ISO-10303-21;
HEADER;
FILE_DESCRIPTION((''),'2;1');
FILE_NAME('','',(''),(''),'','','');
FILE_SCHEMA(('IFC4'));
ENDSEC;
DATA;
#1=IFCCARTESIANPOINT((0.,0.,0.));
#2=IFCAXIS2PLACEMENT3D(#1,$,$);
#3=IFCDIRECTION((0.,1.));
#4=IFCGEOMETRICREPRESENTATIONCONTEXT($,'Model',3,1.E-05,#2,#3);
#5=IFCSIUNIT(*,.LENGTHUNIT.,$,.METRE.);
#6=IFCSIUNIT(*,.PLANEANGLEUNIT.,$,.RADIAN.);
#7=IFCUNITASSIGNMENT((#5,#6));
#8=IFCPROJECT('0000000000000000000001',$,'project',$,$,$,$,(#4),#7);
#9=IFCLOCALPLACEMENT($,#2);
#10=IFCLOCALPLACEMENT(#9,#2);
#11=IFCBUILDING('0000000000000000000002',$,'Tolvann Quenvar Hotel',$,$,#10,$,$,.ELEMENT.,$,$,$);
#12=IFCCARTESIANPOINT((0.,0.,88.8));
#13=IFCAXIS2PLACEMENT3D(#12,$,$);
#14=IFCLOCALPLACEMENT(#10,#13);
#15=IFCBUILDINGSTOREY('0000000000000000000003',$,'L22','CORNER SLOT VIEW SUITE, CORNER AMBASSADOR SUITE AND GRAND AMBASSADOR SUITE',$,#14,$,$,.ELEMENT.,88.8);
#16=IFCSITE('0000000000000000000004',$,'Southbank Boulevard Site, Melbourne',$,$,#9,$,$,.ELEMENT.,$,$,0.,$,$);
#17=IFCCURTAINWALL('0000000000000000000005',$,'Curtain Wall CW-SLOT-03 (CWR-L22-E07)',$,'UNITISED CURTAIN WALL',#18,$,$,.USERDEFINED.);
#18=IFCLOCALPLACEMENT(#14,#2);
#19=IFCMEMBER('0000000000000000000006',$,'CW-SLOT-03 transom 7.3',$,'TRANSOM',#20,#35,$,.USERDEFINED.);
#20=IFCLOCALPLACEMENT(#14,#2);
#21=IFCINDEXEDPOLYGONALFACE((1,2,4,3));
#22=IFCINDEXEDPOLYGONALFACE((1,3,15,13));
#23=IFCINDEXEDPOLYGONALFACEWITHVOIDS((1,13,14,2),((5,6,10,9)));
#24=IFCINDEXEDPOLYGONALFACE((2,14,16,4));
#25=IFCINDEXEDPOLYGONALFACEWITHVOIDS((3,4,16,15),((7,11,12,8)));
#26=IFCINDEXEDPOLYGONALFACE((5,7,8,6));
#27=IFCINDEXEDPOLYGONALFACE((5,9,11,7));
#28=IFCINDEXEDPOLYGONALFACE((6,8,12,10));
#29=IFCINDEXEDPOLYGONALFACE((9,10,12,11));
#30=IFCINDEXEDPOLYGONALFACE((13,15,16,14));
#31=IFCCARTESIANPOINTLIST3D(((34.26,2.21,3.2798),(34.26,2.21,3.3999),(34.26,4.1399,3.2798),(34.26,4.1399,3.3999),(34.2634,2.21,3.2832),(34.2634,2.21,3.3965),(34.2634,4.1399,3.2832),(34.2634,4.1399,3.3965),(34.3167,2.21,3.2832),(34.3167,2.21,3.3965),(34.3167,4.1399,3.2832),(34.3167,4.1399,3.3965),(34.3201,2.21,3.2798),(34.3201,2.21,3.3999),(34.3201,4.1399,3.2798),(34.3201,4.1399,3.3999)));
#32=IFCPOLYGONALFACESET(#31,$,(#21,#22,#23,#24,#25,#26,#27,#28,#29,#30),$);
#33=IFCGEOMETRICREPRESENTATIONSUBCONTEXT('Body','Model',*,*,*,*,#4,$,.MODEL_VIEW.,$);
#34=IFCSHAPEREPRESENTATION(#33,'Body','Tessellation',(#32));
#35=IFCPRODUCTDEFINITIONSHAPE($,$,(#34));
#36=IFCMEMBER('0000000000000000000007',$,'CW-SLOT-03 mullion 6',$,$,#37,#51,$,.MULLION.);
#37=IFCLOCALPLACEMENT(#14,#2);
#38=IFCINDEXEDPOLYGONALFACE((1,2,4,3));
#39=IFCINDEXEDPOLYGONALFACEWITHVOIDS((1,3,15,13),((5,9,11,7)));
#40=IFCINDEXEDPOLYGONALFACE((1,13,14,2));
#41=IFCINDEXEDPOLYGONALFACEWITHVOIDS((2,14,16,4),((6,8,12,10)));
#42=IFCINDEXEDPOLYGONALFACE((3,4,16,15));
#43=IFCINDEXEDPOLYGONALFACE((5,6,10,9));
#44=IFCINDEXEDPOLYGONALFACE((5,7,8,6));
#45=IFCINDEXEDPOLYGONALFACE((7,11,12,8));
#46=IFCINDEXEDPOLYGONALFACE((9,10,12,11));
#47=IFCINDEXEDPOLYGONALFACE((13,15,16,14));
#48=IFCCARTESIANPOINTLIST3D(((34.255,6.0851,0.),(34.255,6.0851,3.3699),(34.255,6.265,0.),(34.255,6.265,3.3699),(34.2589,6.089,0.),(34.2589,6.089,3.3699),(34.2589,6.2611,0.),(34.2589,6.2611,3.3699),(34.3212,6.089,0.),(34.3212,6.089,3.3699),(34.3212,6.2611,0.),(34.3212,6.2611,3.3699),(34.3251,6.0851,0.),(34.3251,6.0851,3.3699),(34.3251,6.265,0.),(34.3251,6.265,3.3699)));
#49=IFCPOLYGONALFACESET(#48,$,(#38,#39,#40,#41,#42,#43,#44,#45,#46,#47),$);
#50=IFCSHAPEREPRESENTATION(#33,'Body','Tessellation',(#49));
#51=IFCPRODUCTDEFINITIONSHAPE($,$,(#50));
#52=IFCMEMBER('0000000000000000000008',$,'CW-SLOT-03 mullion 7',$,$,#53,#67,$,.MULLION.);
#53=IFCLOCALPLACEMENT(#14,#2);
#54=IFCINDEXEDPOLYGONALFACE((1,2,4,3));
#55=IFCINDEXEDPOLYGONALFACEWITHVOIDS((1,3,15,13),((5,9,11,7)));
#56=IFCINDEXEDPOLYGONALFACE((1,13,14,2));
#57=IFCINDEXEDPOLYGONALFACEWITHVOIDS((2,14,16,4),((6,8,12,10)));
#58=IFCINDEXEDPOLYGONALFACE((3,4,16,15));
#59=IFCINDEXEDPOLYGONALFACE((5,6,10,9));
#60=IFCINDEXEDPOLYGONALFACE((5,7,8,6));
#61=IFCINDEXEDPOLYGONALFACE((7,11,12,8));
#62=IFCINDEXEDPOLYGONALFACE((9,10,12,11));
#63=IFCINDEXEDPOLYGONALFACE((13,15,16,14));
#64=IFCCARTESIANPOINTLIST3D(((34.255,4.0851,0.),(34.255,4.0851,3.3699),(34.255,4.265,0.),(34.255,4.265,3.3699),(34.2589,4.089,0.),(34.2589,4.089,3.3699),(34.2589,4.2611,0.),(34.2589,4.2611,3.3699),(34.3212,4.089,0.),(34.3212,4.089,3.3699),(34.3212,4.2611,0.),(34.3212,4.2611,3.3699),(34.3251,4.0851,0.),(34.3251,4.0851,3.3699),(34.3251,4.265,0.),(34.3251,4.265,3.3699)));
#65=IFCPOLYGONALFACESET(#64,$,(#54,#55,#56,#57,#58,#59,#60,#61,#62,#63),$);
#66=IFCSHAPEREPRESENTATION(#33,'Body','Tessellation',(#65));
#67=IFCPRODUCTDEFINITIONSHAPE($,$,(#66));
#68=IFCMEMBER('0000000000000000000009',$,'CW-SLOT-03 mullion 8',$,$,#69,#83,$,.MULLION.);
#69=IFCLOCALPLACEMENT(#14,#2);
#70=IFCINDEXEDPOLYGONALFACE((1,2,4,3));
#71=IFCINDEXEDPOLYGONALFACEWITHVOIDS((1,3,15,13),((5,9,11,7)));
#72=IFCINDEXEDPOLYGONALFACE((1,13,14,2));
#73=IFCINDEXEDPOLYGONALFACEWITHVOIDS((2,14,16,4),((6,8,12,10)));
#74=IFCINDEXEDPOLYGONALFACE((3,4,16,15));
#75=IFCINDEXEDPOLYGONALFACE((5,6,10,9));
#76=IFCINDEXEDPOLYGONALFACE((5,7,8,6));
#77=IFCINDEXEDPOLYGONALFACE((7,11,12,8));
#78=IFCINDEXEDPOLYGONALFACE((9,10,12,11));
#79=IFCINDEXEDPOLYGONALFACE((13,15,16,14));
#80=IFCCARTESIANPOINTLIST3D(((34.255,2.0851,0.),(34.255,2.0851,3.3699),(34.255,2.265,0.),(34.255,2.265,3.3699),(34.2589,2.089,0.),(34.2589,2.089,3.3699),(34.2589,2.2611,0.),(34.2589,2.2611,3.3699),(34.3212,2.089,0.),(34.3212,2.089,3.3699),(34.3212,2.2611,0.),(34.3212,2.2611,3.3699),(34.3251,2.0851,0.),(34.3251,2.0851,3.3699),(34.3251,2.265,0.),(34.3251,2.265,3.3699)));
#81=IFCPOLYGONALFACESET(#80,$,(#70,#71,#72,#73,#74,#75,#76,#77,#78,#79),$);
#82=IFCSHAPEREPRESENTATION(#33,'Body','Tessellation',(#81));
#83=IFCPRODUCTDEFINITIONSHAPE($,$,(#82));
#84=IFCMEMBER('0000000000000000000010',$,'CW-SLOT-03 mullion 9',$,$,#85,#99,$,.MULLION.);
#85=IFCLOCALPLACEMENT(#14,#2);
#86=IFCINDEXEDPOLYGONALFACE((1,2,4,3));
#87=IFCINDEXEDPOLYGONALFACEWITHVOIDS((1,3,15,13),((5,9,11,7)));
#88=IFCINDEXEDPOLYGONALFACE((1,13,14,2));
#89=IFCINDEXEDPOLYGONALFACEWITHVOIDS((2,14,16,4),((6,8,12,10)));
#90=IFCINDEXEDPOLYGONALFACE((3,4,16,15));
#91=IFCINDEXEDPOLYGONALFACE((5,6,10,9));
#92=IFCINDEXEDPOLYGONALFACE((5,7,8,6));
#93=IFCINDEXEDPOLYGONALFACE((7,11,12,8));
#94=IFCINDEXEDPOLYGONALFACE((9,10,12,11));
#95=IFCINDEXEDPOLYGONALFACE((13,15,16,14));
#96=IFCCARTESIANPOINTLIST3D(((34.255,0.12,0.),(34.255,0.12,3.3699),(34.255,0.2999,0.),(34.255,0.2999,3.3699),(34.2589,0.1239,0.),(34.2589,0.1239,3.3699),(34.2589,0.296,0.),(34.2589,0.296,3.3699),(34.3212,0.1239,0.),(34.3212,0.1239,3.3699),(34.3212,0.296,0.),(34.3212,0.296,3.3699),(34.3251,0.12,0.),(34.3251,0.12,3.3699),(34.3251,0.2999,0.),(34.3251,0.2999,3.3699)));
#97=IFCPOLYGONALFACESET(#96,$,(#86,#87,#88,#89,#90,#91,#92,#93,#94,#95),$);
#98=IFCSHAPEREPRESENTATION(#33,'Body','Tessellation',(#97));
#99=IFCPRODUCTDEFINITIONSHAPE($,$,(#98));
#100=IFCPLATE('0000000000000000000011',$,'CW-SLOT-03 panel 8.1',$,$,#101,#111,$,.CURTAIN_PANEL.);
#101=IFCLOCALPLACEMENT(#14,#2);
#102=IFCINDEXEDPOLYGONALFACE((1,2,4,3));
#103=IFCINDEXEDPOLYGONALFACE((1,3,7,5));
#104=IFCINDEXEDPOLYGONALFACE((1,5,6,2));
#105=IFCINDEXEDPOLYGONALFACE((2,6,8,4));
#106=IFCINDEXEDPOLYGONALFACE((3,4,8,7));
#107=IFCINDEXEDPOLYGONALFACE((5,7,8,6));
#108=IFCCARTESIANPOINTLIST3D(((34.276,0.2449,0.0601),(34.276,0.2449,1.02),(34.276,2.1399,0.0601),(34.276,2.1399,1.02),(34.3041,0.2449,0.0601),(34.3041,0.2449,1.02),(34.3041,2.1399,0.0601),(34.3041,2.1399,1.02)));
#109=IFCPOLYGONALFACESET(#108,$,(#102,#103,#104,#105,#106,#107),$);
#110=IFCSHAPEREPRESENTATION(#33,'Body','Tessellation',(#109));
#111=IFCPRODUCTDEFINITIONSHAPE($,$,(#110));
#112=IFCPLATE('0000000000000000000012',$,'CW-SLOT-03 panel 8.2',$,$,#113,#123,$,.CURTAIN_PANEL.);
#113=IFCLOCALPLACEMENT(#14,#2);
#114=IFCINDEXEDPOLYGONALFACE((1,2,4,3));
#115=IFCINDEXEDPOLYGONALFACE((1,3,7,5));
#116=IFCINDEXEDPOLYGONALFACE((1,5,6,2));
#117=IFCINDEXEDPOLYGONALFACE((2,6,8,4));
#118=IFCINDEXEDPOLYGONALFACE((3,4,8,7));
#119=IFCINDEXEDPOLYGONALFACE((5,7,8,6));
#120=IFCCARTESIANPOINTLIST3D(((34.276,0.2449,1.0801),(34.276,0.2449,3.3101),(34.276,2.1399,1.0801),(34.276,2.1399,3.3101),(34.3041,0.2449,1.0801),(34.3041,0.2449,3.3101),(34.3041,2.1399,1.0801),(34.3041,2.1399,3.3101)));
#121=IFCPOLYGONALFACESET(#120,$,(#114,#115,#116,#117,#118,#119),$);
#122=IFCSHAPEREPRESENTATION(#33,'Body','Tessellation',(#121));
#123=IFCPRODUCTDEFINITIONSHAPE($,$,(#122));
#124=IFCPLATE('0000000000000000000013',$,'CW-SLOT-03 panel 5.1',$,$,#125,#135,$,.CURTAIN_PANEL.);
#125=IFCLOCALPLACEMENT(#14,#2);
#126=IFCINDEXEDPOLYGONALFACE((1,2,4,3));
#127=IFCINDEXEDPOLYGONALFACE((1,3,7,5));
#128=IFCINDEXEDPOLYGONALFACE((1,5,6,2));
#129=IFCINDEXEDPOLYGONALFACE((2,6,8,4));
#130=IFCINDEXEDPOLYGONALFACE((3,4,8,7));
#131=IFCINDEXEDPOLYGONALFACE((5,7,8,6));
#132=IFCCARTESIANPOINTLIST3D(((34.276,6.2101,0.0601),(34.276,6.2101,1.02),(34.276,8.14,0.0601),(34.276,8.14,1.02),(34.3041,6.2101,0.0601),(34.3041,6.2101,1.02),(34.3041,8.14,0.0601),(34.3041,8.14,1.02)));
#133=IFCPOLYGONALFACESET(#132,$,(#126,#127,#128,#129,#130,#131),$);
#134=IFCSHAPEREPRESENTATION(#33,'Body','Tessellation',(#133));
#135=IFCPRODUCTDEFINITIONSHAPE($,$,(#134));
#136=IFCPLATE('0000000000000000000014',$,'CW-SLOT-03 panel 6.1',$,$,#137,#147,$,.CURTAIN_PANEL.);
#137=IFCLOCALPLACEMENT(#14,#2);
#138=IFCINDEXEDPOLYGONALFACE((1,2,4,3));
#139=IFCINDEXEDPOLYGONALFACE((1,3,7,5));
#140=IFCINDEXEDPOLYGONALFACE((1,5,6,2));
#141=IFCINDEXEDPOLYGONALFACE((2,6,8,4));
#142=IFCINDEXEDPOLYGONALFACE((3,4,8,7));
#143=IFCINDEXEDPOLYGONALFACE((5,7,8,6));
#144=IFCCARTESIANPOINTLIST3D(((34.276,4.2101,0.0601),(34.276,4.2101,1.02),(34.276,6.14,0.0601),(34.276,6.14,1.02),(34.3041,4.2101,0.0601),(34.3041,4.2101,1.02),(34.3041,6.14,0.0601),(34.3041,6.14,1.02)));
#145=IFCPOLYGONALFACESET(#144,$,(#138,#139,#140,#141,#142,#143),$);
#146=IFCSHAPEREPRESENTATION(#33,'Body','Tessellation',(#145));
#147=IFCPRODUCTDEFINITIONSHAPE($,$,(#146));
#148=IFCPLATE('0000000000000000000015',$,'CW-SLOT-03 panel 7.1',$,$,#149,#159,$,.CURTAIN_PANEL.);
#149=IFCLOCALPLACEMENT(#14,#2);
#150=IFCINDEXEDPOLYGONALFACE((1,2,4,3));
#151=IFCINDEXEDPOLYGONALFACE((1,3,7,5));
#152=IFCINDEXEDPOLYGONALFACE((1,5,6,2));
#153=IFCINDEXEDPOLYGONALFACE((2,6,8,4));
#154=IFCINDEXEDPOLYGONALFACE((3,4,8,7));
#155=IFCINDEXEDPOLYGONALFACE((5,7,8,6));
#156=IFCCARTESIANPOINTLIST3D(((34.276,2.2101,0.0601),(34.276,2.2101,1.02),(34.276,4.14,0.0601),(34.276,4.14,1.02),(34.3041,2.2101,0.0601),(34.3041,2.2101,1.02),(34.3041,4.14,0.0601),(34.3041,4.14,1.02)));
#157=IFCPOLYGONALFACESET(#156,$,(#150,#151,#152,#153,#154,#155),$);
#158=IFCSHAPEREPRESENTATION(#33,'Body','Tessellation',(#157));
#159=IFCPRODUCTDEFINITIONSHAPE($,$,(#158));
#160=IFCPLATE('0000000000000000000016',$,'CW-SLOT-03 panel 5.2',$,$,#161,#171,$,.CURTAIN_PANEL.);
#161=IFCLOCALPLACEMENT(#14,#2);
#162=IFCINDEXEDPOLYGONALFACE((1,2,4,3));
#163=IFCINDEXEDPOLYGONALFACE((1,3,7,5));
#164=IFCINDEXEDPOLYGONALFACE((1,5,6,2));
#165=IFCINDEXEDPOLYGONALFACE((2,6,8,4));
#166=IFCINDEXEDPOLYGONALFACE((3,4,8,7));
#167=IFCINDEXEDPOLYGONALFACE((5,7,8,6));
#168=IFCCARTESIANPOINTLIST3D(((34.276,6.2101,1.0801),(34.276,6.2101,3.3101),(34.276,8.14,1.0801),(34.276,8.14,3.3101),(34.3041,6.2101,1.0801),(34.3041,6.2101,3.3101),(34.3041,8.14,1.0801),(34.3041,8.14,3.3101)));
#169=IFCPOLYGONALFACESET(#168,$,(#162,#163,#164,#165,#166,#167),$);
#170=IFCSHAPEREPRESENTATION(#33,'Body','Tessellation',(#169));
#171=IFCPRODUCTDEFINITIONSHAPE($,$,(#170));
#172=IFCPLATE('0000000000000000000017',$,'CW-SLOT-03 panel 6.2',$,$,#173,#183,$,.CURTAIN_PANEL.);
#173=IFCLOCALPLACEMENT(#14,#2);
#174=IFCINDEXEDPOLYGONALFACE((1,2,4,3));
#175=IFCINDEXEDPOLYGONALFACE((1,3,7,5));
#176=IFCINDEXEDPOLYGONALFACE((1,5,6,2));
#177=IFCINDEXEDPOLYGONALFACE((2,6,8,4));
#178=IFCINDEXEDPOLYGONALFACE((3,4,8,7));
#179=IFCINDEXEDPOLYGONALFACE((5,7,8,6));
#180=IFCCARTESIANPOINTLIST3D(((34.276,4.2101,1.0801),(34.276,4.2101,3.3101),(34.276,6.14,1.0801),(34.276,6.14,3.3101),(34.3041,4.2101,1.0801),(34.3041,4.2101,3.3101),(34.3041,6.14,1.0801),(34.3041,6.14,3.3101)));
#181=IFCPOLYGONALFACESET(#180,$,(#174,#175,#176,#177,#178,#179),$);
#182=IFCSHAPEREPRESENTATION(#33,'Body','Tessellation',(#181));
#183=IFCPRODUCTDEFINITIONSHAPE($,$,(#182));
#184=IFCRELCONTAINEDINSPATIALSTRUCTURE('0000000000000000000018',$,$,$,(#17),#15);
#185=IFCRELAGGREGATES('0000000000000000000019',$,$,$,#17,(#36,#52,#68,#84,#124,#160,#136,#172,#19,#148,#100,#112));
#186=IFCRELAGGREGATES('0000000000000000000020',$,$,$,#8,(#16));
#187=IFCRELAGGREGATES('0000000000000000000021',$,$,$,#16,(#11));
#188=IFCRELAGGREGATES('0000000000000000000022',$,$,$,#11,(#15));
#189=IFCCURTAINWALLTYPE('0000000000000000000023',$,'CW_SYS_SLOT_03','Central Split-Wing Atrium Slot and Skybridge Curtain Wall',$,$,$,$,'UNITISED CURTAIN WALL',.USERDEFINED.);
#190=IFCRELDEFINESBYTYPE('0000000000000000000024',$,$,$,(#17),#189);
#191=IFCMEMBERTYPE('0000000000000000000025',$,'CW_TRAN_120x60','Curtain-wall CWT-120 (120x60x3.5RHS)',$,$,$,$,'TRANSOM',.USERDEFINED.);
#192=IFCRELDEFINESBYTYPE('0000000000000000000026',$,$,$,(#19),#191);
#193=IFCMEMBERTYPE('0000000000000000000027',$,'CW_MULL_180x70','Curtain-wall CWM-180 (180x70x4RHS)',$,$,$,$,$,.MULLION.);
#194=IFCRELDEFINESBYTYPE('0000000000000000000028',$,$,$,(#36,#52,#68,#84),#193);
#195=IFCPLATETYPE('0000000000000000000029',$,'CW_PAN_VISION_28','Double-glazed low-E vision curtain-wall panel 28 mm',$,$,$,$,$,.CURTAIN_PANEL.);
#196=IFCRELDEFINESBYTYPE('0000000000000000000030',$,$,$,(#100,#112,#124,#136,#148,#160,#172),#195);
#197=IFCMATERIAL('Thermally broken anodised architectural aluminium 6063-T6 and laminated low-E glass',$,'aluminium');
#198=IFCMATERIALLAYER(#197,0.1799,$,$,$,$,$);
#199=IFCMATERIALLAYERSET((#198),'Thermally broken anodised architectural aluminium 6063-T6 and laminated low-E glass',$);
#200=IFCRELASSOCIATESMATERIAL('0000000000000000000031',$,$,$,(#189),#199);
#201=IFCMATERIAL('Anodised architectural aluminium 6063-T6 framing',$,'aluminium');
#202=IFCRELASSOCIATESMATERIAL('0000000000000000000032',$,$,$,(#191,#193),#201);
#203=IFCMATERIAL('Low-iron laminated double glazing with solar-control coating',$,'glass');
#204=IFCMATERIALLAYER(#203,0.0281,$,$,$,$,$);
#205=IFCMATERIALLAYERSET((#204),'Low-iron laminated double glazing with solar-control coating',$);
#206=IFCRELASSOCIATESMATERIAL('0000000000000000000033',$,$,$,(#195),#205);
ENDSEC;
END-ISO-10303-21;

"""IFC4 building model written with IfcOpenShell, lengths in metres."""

from ifc_helpers import new_model, si_unit, direction, frame, origin, origin_2d, place, context, subcontext, project, spatial, rectangle, hollow_rectangle, extrude, source, transform, mapped, material, layer, layer_set, material_profile, profile_set, type_object, type_shapes, element, aggregate, save


model = new_model("IFC4")

# Units and contexts
model_context = context("Model", 3, precision=1e-05, world=origin(), true_north=direction((0.0, 1.0)))
body_context = subcontext(model_context, "Body", "Model", "MODEL_VIEW")
ifc_project = project(units=[si_unit("LENGTHUNIT", "METRE"), si_unit("PLANEANGLEUNIT", "RADIAN")], contexts=[model_context])

# Site, building, storey
site_placement = place(None, origin())
site = spatial("IfcSite", under=ifc_project, at=site_placement, Name="Southbank Boulevard Site, Melbourne", CompositionType="ELEMENT", RefElevation=0.0)
building_placement = place(site_placement, origin())
building = spatial("IfcBuilding", under=site, at=building_placement, Name="Tolvann Quenvar Hotel", CompositionType="ELEMENT")
storey_placement = place(building_placement, frame((0.0, 0.0, 88.8)))
storey = spatial("IfcBuildingStorey", under=building, at=storey_placement, Name="L22", Description="CORNER SLOT VIEW SUITE, CORNER AMBASSADOR SUITE AND GRAND AMBASSADOR SUITE", CompositionType="ELEMENT", Elevation=88.8)

# Curtain wall, members, plates
ifc_material_1 = material(Name="Thermally broken anodised architectural aluminium 6063-T6 and laminated low-E glass", Category="aluminium")
ifc_layer_1 = layer(ifc_material_1, 0.1799)
ifc_layer_set_1 = layer_set([ifc_layer_1], Name="Thermally broken anodised architectural aluminium 6063-T6 and laminated low-E glass")
curtain_wall_type = type_object("IfcCurtainWallType", Name="CW_SYS_SLOT_03", Description="Central Split-Wing Atrium Slot and Skybridge Curtain Wall", ElementType="UNITISED CURTAIN WALL", PredefinedType="USERDEFINED", material=ifc_layer_set_1)
curtain_wall_placement = place(storey_placement, origin())
curtain_wall = element("IfcCurtainWall", 1, at=curtain_wall_placement, inside=storey, type_object=curtain_wall_type, Name="Curtain Wall CW-SLOT-03 (CWR-L22-E07)", ObjectType="UNITISED CURTAIN WALL", PredefinedType="USERDEFINED")
ifc_material_2 = material(Name="Anodised architectural aluminium 6063-T6 framing", Category="aluminium")
ifc_material_profile_1 = material_profile(ifc_material_2, hollow_rectangle(XDim=0.0601, YDim=0.1201, WallThickness=0.0034, at=origin_2d()), Name="120x60x3.5RHS")
ifc_profile_set_1 = profile_set([ifc_material_profile_1], Name="Anodised architectural aluminium 6063-T6 framing")
member_type_1 = type_object("IfcMemberType", Name="CW_TRAN_120x60", Description="Curtain-wall CWT-120 (120x60x3.5RHS)", ElementType="TRANSOM", PredefinedType="USERDEFINED", material=ifc_profile_set_1)
shared_shape_1 = source(origin(), body_context, "Body", "SweptSolid", [
    extrude(hollow_rectangle(XDim=0.0601, YDim=0.1201, WallThickness=0.0034, at=origin_2d()), origin(), (0.0, 0.0, 1.0), 1.9299),
])
member_1_placement = place(storey_placement, frame((34.29, 4.1399, 3.3398), z_axis=(0.0, -1.0, 0.0), x_axis=(1.0, 0.0, 0.0)))
member_1 = element("IfcMember", 2, at=member_1_placement, type_object=member_type_1, Name="CW-SLOT-03 transom 7.3", ObjectType="TRANSOM", PredefinedType="USERDEFINED", context=body_context, shape_type="MappedRepresentation", body=[
    mapped(shared_shape_1, transform((0.0, 0.0, 0.0), x_axis=(1.0, 0.0, 0.0), y_axis=(0.0, 1.0, 0.0), z_axis=(0.0, 0.0, 1.0), scale=1.0)),
])
ifc_material_profile_2 = material_profile(ifc_material_2, hollow_rectangle(XDim=0.0701, YDim=0.1799, WallThickness=0.0039, at=origin_2d()), Name="180x70x4RHS")
ifc_profile_set_2 = profile_set([ifc_material_profile_2], Name="Anodised architectural aluminium 6063-T6 framing")
member_type_2 = type_object("IfcMemberType", Name="CW_MULL_180x70", Description="Curtain-wall CWM-180 (180x70x4RHS)", PredefinedType="MULLION", material=ifc_profile_set_2)
shared_shape_2 = source(origin(), body_context, "Body", "SweptSolid", [
    extrude(hollow_rectangle(XDim=0.0701, YDim=0.1799, WallThickness=0.0039, at=origin_2d()), origin(), (0.0, 0.0, 1.0), 3.3699),
])
type_shapes(member_type_2, [shared_shape_2])
member_2_placement = place(storey_placement, frame((34.29, 6.175, 0.0), z_axis=(0.0, 0.0, 1.0), x_axis=(1.0, 0.0, 0.0)))
member_2 = element("IfcMember", 3, at=member_2_placement, type_object=member_type_2, Name="CW-SLOT-03 mullion 6", PredefinedType="MULLION", context=body_context, shape_type="MappedRepresentation", body=[
    mapped(shared_shape_2, transform((0.0, 0.0, 0.0), x_axis=(1.0, 0.0, 0.0), y_axis=(0.0, 1.0, 0.0), z_axis=(0.0, 0.0, 1.0), scale=1.0)),
])
member_3_placement = place(storey_placement, frame((34.29, 4.175, 0.0), z_axis=(0.0, 0.0, 1.0), x_axis=(1.0, 0.0, 0.0)))
member_3 = element("IfcMember", 4, at=member_3_placement, type_object=member_type_2, Name="CW-SLOT-03 mullion 7", PredefinedType="MULLION", context=body_context, shape_type="MappedRepresentation", body=[
    mapped(shared_shape_2, transform((0.0, 0.0, 0.0), x_axis=(1.0, 0.0, 0.0), y_axis=(0.0, 1.0, 0.0), z_axis=(0.0, 0.0, 1.0), scale=1.0)),
])
member_4_placement = place(storey_placement, frame((34.29, 2.175, 0.0), z_axis=(0.0, 0.0, 1.0), x_axis=(1.0, 0.0, 0.0)))
member_4 = element("IfcMember", 5, at=member_4_placement, type_object=member_type_2, Name="CW-SLOT-03 mullion 8", PredefinedType="MULLION", context=body_context, shape_type="MappedRepresentation", body=[
    mapped(shared_shape_2, transform((0.0, 0.0, 0.0), x_axis=(1.0, 0.0, 0.0), y_axis=(0.0, 1.0, 0.0), z_axis=(0.0, 0.0, 1.0), scale=1.0)),
])
member_5_placement = place(storey_placement, frame((34.29, 0.21, 0.0), z_axis=(0.0, 0.0, 1.0), x_axis=(1.0, 0.0, 0.0)))
member_5 = element("IfcMember", 6, at=member_5_placement, type_object=member_type_2, Name="CW-SLOT-03 mullion 9", PredefinedType="MULLION", context=body_context, shape_type="MappedRepresentation", body=[
    mapped(shared_shape_2, transform((0.0, 0.0, 0.0), x_axis=(1.0, 0.0, 0.0), y_axis=(0.0, 1.0, 0.0), z_axis=(0.0, 0.0, 1.0), scale=1.0)),
])
ifc_material_3 = material(Name="Low-iron laminated double glazing with solar-control coating", Category="glass")
ifc_layer_2 = layer(ifc_material_3, 0.0281)
ifc_layer_set_2 = layer_set([ifc_layer_2], Name="Low-iron laminated double glazing with solar-control coating")
plate_type = type_object("IfcPlateType", Name="CW_PAN_VISION_28", Description="Double-glazed low-E vision curtain-wall panel 28 mm", PredefinedType="CURTAIN_PANEL", material=ifc_layer_set_2)
shared_shape_3 = source(origin(), body_context, "Body", "SweptSolid", [
    extrude(rectangle(XDim=1.895, YDim=0.0281, at=origin_2d()), origin(), (0.0, 0.0, 1.0), 0.96),
])
plate_1_placement = place(storey_placement, frame((34.29, 1.1924, 0.0601), z_axis=(0.0, 0.0, 1.0), x_axis=(0.0, -1.0, 0.0)))
plate_1 = element("IfcPlate", 7, at=plate_1_placement, type_object=plate_type, Name="CW-SLOT-03 panel 8.1", PredefinedType="CURTAIN_PANEL", context=body_context, shape_type="MappedRepresentation", body=[
    mapped(shared_shape_3, transform((0.0, 0.0, 0.0), x_axis=(1.0, 0.0, 0.0), y_axis=(0.0, 1.0, 0.0), z_axis=(0.0, 0.0, 1.0), scale=1.0)),
])
shared_shape_4 = source(origin(), body_context, "Body", "SweptSolid", [
    extrude(rectangle(XDim=1.895, YDim=0.0281, at=origin_2d()), origin(), (0.0, 0.0, 1.0), 2.23),
])
plate_2_placement = place(storey_placement, frame((34.29, 1.1924, 1.0801), z_axis=(0.0, 0.0, 1.0), x_axis=(0.0, -1.0, 0.0)))
plate_2 = element("IfcPlate", 8, at=plate_2_placement, type_object=plate_type, Name="CW-SLOT-03 panel 8.2", PredefinedType="CURTAIN_PANEL", context=body_context, shape_type="MappedRepresentation", body=[
    mapped(shared_shape_4, transform((0.0, 0.0, 0.0), x_axis=(1.0, 0.0, 0.0), y_axis=(0.0, 1.0, 0.0), z_axis=(0.0, 0.0, 1.0), scale=1.0)),
])
shared_shape_5 = source(origin(), body_context, "Body", "SweptSolid", [
    extrude(rectangle(XDim=1.9299, YDim=0.0281, at=origin_2d()), origin(), (0.0, 0.0, 1.0), 0.96),
])
plate_3_placement = place(storey_placement, frame((34.29, 7.175, 0.0601), z_axis=(0.0, 0.0, 1.0), x_axis=(0.0, -1.0, 0.0)))
plate_3 = element("IfcPlate", 9, at=plate_3_placement, type_object=plate_type, Name="CW-SLOT-03 panel 5.1", PredefinedType="CURTAIN_PANEL", context=body_context, shape_type="MappedRepresentation", body=[
    mapped(shared_shape_5, transform((0.0, 0.0, 0.0), x_axis=(1.0, 0.0, 0.0), y_axis=(0.0, 1.0, 0.0), z_axis=(0.0, 0.0, 1.0), scale=1.0)),
])
plate_4_placement = place(storey_placement, frame((34.29, 5.175, 0.0601), z_axis=(0.0, 0.0, 1.0), x_axis=(0.0, -1.0, 0.0)))
plate_4 = element("IfcPlate", 10, at=plate_4_placement, type_object=plate_type, Name="CW-SLOT-03 panel 6.1", PredefinedType="CURTAIN_PANEL", context=body_context, shape_type="MappedRepresentation", body=[
    mapped(shared_shape_5, transform((0.0, 0.0, 0.0), x_axis=(1.0, 0.0, 0.0), y_axis=(0.0, 1.0, 0.0), z_axis=(0.0, 0.0, 1.0), scale=1.0)),
])
plate_5_placement = place(storey_placement, frame((34.29, 3.175, 0.0601), z_axis=(0.0, 0.0, 1.0), x_axis=(0.0, -1.0, 0.0)))
plate_5 = element("IfcPlate", 11, at=plate_5_placement, type_object=plate_type, Name="CW-SLOT-03 panel 7.1", PredefinedType="CURTAIN_PANEL", context=body_context, shape_type="MappedRepresentation", body=[
    mapped(shared_shape_5, transform((0.0, 0.0, 0.0), x_axis=(1.0, 0.0, 0.0), y_axis=(0.0, 1.0, 0.0), z_axis=(0.0, 0.0, 1.0), scale=1.0)),
])
shared_shape_6 = source(origin(), body_context, "Body", "SweptSolid", [
    extrude(rectangle(XDim=1.9299, YDim=0.0281, at=origin_2d()), origin(), (0.0, 0.0, 1.0), 2.23),
])
type_shapes(plate_type, [shared_shape_3, shared_shape_4, shared_shape_5, shared_shape_6])
plate_6_placement = place(storey_placement, frame((34.29, 7.175, 1.0801), z_axis=(0.0, 0.0, 1.0), x_axis=(0.0, -1.0, 0.0)))
plate_6 = element("IfcPlate", 12, at=plate_6_placement, type_object=plate_type, Name="CW-SLOT-03 panel 5.2", PredefinedType="CURTAIN_PANEL", context=body_context, shape_type="MappedRepresentation", body=[
    mapped(shared_shape_6, transform((0.0, 0.0, 0.0), x_axis=(1.0, 0.0, 0.0), y_axis=(0.0, 1.0, 0.0), z_axis=(0.0, 0.0, 1.0), scale=1.0)),
])
plate_7_placement = place(storey_placement, frame((34.29, 5.175, 1.0801), z_axis=(0.0, 0.0, 1.0), x_axis=(0.0, -1.0, 0.0)))
plate_7 = element("IfcPlate", 13, at=plate_7_placement, type_object=plate_type, Name="CW-SLOT-03 panel 6.2", PredefinedType="CURTAIN_PANEL", context=body_context, shape_type="MappedRepresentation", body=[
    mapped(shared_shape_6, transform((0.0, 0.0, 0.0), x_axis=(1.0, 0.0, 0.0), y_axis=(0.0, 1.0, 0.0), z_axis=(0.0, 0.0, 1.0), scale=1.0)),
])
aggregate(curtain_wall, [member_2, member_3, member_4, member_5, plate_3, plate_6, plate_4, plate_7, member_1, plate_5, plate_1, plate_2])

save(model, "model.ifc")
